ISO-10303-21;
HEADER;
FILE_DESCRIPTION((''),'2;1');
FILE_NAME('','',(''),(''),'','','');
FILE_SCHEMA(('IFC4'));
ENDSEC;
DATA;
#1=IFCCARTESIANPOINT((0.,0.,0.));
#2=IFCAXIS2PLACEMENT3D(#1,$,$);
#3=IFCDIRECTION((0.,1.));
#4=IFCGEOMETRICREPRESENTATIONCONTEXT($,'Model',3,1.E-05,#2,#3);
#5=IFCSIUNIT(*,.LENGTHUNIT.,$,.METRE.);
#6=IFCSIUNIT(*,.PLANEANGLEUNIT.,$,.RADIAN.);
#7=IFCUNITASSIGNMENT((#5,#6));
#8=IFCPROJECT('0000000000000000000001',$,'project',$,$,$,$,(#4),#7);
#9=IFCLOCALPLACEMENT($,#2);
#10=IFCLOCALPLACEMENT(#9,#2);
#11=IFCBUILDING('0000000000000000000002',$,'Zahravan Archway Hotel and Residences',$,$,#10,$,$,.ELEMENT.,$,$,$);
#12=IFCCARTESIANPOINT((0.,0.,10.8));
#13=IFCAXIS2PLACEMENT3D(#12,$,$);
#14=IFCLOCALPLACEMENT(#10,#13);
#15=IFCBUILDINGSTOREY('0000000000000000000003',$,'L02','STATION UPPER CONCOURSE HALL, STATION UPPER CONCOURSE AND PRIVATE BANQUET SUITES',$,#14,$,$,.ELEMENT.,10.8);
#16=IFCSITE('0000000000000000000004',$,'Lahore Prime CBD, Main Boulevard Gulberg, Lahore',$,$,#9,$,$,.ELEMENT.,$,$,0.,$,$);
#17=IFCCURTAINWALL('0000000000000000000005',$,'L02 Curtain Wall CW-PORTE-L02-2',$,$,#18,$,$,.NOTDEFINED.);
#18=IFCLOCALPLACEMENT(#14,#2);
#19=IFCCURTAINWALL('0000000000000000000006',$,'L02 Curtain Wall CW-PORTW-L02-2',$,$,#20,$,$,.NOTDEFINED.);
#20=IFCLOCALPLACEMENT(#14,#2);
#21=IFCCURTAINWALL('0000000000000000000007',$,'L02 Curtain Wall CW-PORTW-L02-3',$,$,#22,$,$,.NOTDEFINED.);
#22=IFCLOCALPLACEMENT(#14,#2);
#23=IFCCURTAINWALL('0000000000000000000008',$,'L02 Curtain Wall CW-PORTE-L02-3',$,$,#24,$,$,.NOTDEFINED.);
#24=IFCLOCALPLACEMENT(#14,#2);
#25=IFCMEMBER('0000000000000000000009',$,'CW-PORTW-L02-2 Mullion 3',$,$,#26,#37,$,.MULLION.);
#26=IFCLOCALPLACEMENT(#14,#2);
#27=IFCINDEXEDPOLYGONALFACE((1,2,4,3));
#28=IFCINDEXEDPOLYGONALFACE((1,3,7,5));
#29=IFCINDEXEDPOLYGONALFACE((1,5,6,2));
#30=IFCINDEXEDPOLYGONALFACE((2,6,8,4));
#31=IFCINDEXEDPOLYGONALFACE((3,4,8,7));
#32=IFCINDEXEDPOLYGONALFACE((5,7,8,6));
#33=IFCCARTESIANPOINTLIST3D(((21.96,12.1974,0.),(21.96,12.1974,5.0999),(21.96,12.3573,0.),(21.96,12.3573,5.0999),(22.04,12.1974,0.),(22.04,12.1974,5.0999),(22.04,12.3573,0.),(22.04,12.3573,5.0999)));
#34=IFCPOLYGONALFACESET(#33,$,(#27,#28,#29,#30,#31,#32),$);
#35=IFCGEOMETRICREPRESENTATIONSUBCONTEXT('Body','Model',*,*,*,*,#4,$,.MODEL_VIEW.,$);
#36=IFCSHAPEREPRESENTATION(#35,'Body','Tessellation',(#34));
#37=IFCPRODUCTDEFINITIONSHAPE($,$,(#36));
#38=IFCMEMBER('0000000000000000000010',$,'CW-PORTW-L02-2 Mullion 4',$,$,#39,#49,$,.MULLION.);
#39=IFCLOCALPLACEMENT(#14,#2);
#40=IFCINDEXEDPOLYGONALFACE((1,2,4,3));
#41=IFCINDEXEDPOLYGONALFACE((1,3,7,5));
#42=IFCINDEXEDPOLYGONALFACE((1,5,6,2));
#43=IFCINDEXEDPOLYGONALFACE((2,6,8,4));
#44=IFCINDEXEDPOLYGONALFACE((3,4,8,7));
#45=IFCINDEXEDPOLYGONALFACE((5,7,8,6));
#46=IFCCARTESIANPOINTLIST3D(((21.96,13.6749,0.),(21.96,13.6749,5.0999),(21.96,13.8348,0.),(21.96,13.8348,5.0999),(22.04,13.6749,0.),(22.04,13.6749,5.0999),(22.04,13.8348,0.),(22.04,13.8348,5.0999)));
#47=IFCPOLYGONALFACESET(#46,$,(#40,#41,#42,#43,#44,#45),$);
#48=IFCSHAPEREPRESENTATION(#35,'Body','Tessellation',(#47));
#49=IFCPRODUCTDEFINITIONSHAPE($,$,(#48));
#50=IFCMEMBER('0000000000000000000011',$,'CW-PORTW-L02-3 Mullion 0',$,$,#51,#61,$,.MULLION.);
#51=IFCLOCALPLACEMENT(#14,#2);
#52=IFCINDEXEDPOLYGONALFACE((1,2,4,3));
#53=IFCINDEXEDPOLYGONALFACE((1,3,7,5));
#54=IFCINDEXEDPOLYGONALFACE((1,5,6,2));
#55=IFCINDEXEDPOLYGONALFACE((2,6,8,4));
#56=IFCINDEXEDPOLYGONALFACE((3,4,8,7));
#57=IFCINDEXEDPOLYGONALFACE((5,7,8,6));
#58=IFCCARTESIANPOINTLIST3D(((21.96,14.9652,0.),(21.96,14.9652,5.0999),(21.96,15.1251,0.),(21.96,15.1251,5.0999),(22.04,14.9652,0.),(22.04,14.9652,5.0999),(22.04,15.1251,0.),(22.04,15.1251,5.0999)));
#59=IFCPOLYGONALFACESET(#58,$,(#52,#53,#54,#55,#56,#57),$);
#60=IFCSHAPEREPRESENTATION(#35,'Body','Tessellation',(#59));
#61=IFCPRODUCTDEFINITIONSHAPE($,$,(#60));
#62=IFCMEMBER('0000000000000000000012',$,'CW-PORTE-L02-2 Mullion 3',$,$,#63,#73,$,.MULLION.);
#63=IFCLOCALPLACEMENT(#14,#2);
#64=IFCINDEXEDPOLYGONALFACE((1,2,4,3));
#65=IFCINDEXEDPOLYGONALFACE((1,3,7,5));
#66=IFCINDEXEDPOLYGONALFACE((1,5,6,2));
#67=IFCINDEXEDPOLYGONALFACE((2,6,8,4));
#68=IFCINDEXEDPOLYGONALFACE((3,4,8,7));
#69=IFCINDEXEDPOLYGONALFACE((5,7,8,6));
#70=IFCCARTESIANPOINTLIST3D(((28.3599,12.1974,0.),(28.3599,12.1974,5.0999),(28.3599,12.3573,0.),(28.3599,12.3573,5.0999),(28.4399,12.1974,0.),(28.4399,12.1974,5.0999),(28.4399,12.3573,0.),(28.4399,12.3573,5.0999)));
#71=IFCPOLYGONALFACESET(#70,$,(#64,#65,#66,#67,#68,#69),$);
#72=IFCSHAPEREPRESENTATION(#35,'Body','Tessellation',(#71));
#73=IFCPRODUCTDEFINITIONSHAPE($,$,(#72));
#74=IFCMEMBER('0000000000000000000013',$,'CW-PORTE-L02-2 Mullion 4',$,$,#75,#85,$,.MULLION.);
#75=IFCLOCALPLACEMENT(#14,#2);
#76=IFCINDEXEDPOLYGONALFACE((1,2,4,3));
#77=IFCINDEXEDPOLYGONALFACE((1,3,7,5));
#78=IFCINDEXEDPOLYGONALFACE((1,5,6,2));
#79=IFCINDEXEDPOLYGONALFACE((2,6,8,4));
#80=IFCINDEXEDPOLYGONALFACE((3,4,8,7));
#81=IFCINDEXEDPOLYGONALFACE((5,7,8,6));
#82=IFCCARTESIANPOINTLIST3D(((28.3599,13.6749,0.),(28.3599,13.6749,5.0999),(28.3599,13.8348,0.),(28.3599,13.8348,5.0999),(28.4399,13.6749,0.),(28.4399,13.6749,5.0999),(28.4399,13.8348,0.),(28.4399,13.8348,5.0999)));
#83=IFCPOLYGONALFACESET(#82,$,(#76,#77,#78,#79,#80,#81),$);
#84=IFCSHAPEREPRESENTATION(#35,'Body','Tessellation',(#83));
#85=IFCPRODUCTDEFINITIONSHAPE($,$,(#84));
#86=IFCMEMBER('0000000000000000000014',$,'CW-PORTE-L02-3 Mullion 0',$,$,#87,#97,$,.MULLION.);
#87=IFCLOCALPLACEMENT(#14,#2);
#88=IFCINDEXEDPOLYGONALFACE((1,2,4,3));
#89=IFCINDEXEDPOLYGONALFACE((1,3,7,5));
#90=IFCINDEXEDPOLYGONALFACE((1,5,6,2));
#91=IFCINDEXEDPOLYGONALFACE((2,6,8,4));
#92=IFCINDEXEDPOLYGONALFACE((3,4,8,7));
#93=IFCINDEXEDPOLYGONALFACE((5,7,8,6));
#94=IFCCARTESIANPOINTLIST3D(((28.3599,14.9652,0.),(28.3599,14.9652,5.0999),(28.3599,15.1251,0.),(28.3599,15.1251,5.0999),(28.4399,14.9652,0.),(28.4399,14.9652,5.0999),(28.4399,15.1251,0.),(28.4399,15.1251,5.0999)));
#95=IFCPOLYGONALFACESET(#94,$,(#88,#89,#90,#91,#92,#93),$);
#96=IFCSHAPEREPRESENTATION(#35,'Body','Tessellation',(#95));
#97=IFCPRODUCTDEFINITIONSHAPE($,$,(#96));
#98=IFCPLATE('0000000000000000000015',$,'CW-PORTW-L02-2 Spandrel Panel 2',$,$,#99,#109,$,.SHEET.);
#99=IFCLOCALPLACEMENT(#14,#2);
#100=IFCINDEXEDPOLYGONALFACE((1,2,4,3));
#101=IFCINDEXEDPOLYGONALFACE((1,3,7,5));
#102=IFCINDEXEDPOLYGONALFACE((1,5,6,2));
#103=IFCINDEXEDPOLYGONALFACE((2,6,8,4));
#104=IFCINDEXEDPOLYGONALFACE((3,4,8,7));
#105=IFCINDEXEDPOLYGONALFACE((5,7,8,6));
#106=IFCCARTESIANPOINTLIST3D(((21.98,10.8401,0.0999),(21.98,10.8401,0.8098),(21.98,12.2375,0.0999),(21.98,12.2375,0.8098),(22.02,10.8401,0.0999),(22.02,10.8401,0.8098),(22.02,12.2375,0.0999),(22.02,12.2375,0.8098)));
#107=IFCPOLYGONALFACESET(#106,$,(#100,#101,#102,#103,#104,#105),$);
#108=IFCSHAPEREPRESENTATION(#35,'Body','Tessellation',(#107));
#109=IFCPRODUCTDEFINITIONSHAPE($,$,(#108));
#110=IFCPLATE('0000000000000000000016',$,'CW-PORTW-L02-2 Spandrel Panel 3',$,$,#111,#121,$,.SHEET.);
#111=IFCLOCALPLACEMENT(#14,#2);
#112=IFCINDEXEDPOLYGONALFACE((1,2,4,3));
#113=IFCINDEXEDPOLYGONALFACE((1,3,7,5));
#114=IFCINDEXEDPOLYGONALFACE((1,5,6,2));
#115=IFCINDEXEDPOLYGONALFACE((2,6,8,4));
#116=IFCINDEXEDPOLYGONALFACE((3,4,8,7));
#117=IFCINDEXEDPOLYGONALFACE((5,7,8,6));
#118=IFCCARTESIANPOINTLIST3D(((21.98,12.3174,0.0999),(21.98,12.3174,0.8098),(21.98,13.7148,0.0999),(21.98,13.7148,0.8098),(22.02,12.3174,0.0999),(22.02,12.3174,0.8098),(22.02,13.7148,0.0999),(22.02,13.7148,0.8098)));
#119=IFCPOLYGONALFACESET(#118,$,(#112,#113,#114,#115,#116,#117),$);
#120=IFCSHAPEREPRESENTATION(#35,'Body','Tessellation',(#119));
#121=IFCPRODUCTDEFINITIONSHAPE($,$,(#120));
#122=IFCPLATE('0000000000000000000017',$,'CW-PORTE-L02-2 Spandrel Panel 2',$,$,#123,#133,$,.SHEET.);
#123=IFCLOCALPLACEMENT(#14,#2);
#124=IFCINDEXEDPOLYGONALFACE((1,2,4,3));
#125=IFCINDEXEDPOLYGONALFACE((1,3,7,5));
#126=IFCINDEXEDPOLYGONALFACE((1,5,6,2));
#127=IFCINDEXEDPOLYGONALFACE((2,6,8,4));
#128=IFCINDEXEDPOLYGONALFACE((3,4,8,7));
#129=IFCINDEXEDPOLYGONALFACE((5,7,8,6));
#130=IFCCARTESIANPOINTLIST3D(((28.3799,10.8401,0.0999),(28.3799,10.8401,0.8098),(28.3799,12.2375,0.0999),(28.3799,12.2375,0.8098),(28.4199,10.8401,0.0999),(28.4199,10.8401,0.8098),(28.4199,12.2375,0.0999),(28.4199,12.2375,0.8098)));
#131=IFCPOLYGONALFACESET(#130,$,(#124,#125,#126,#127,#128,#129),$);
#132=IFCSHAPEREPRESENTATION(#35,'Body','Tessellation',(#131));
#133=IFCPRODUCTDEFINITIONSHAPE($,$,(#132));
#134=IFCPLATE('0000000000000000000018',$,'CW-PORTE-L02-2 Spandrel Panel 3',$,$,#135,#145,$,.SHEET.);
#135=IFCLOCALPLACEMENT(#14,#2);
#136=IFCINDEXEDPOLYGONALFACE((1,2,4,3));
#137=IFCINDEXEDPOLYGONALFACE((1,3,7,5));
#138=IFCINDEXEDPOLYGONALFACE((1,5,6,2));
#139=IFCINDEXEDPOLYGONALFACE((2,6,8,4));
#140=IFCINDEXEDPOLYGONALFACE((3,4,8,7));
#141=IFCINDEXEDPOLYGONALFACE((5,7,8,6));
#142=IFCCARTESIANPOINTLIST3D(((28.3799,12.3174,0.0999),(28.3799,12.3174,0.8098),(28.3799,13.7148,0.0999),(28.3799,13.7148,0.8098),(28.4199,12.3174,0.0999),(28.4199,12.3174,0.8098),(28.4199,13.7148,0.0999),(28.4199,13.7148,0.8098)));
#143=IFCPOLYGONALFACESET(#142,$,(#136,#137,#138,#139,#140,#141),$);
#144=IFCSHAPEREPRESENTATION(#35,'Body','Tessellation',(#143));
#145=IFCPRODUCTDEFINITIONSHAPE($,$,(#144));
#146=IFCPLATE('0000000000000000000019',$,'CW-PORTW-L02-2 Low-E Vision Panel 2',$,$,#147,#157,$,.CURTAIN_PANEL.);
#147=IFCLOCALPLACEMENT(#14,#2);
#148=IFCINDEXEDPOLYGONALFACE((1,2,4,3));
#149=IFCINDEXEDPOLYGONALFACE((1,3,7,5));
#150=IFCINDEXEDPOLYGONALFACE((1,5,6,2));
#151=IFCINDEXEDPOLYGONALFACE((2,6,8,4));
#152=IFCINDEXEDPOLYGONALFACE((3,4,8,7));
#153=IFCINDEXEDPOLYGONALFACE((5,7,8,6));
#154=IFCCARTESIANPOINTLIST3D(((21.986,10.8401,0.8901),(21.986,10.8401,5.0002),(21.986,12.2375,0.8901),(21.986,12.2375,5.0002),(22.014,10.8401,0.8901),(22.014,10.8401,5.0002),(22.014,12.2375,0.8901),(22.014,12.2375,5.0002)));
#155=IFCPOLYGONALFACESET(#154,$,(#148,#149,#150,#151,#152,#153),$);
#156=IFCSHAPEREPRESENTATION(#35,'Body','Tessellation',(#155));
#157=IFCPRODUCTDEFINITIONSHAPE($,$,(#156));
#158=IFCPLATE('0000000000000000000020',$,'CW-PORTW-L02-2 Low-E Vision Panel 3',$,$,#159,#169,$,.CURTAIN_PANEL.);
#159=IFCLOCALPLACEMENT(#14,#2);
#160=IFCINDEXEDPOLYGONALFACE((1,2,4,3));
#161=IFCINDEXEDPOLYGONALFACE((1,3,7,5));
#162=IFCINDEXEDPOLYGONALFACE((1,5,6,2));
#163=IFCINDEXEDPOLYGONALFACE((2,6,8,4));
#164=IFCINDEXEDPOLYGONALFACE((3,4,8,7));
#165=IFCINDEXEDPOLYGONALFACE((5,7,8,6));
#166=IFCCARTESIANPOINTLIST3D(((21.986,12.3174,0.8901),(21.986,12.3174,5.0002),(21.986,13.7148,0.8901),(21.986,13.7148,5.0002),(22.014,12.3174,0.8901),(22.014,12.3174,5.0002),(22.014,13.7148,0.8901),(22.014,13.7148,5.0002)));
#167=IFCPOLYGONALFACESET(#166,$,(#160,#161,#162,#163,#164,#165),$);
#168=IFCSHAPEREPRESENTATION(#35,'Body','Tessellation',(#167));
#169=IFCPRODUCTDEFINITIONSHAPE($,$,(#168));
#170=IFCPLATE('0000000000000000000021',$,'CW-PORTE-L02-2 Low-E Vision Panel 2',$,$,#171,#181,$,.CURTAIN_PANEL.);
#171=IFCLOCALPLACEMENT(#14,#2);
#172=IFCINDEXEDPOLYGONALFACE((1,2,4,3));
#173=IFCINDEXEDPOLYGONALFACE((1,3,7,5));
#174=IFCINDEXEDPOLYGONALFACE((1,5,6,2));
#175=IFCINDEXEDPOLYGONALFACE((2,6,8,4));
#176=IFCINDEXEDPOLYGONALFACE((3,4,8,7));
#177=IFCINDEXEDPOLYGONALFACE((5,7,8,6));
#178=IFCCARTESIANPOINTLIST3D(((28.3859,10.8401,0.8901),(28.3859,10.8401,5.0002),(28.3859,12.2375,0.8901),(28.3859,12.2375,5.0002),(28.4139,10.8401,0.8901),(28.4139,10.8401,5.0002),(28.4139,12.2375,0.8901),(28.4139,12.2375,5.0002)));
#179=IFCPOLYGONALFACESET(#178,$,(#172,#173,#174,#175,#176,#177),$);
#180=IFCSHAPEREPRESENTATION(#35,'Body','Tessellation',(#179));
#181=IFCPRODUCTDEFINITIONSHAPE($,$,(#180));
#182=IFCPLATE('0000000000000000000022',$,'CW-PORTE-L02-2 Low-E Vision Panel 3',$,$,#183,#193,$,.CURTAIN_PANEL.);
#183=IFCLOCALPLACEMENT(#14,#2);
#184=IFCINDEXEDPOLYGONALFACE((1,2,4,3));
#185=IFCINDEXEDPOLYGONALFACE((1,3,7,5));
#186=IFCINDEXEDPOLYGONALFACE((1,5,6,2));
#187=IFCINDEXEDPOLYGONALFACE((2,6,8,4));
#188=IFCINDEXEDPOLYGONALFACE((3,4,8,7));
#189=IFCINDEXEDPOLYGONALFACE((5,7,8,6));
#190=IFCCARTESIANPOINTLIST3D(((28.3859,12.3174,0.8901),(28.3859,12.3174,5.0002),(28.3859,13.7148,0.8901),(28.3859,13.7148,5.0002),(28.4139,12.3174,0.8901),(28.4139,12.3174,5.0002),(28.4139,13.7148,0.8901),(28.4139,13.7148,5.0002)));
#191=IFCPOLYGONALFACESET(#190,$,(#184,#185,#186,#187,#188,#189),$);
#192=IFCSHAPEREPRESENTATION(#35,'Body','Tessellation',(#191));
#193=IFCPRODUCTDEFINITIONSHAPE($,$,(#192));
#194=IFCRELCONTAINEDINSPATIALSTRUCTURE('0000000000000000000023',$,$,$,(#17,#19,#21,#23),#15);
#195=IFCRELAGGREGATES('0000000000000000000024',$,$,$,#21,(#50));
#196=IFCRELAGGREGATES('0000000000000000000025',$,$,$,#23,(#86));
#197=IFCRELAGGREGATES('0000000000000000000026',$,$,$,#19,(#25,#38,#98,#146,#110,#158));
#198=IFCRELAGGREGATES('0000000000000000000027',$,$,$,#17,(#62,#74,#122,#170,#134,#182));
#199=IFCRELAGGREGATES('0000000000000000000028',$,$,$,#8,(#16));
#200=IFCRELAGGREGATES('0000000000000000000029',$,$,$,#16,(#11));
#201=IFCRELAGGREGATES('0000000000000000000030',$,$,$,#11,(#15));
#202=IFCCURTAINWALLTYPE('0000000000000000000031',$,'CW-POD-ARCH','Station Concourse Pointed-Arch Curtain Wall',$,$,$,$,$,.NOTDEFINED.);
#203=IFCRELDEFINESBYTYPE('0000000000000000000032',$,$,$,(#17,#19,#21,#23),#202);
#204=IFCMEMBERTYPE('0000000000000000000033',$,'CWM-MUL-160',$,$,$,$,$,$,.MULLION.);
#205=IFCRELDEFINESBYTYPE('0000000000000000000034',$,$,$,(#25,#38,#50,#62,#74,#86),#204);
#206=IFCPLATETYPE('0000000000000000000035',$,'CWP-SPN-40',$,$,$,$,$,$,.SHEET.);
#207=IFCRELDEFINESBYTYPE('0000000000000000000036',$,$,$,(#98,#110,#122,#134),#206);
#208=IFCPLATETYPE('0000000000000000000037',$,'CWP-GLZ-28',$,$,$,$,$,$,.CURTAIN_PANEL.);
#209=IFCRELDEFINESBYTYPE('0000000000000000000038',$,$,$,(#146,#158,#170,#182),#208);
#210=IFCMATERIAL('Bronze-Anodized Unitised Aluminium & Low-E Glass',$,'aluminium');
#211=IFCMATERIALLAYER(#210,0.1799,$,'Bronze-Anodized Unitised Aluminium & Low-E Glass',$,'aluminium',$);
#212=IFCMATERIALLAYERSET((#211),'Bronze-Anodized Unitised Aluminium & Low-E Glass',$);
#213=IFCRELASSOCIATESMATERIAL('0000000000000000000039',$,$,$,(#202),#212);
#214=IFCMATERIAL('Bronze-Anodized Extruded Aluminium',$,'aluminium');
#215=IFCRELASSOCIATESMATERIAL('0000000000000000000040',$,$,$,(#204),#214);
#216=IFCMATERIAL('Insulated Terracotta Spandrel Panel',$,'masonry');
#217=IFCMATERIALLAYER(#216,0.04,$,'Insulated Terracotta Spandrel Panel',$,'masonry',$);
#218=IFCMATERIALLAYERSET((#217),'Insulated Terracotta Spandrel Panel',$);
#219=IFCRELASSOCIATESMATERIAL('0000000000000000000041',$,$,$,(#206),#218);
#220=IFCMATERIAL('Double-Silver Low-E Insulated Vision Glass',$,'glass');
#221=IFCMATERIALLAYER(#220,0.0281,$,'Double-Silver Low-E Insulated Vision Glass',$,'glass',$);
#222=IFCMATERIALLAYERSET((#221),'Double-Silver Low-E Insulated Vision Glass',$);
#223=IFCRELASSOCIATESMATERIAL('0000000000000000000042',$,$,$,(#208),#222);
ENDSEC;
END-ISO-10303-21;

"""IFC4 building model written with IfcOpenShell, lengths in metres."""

from ifc_helpers import new_model, si_unit, direction, frame, origin, origin_2d, place, context, subcontext, project, spatial, rectangle, extrude, source, transform, mapped, material, layer, layer_set, material_profile, profile_set, type_object, element, aggregate, save


model = new_model("IFC4")

# Units and contexts
model_context = context("Model", 3, precision=1e-05, world=origin(), true_north=direction((0.0, 1.0)))
body_context = subcontext(model_context, "Body", "Model", "MODEL_VIEW")
ifc_project = project(units=[si_unit("LENGTHUNIT", "METRE"), si_unit("PLANEANGLEUNIT", "RADIAN")], contexts=[model_context])

# Site, building, storey
site_placement = place(None, origin())
site = spatial("IfcSite", under=ifc_project, at=site_placement, Name="Lahore Prime CBD, Main Boulevard Gulberg, Lahore", CompositionType="ELEMENT", RefElevation=0.0)
building_placement = place(site_placement, origin())
building = spatial("IfcBuilding", under=site, at=building_placement, Name="Zahravan Archway Hotel and Residences", CompositionType="ELEMENT")
storey_placement = place(building_placement, frame((0.0, 0.0, 10.8)))
storey = spatial("IfcBuildingStorey", under=building, at=storey_placement, Name="L02", Description="STATION UPPER CONCOURSE HALL, STATION UPPER CONCOURSE AND PRIVATE BANQUET SUITES", CompositionType="ELEMENT", Elevation=10.8)

# Curtain walls
ifc_material_1 = material(Name="Bronze-Anodized Unitised Aluminium & Low-E Glass", Category="aluminium")
ifc_layer_1 = layer(ifc_material_1, 0.1799, Name="Bronze-Anodized Unitised Aluminium & Low-E Glass", Category="aluminium")
ifc_layer_set_1 = layer_set([ifc_layer_1], Name="Bronze-Anodized Unitised Aluminium & Low-E Glass")
curtain_wall_type = type_object("IfcCurtainWallType", Name="CW-POD-ARCH", Description="Station Concourse Pointed-Arch Curtain Wall", PredefinedType="NOTDEFINED", material=ifc_layer_set_1)
curtain_wall_1_placement = place(storey_placement, origin())
curtain_wall_1 = element("IfcCurtainWall", 1, at=curtain_wall_1_placement, inside=storey, type_object=curtain_wall_type, Name="L02 Curtain Wall CW-PORTE-L02-2", PredefinedType="NOTDEFINED")
ifc_material_2 = material(Name="Bronze-Anodized Extruded Aluminium", Category="aluminium")
curtain_wall_2_placement = place(storey_placement, origin())
curtain_wall_2 = element("IfcCurtainWall", 2, at=curtain_wall_2_placement, inside=storey, type_object=curtain_wall_type, Name="L02 Curtain Wall CW-PORTW-L02-2", PredefinedType="NOTDEFINED")
curtain_wall_3_placement = place(storey_placement, origin())
curtain_wall_3 = element("IfcCurtainWall", 3, at=curtain_wall_3_placement, inside=storey, type_object=curtain_wall_type, Name="L02 Curtain Wall CW-PORTW-L02-3", PredefinedType="NOTDEFINED")

# Curtain wall
curtain_wall_4_placement = place(storey_placement, origin())
curtain_wall_4 = element("IfcCurtainWall", 4, at=curtain_wall_4_placement, inside=storey, type_object=curtain_wall_type, Name="L02 Curtain Wall CW-PORTE-L02-3", PredefinedType="NOTDEFINED")

# Members
ifc_material_profile_1 = material_profile(ifc_material_2, rectangle(XDim=0.0801, YDim=0.1599, at=origin_2d()), Name="MUL 80x160", Category="aluminium")
ifc_profile_set_1 = profile_set([ifc_material_profile_1], Name="Bronze-Anodized Extruded Aluminium")
member_type_1 = type_object("IfcMemberType", Name="CWM-MUL-160", PredefinedType="MULLION", material=ifc_profile_set_1)
shared_shape_1 = source(origin(), body_context, "Body", "SweptSolid", [
    extrude(rectangle(XDim=0.0801, YDim=0.1599, at=origin_2d()), origin(), (0.0, 0.0, 1.0), 5.0999),
])
member_1_placement = place(storey_placement, frame((22.0, 12.2773, 0.0), z_axis=(0.0, 0.0, 1.0), x_axis=(1.0, 0.0, 0.0)))
member_1 = element("IfcMember", 5, at=member_1_placement, type_object=member_type_1, Name="CW-PORTW-L02-2 Mullion 3", PredefinedType="MULLION", context=body_context, shape_type="MappedRepresentation", body=[
    mapped(shared_shape_1, transform((0.0, 0.0, 0.0), scale=1.0)),
])
member_2_placement = place(storey_placement, frame((22.0, 13.7549, 0.0), z_axis=(0.0, 0.0, 1.0), x_axis=(1.0, 0.0, 0.0)))
member_2 = element("IfcMember", 6, at=member_2_placement, type_object=member_type_1, Name="CW-PORTW-L02-2 Mullion 4", PredefinedType="MULLION", context=body_context, shape_type="MappedRepresentation", body=[
    mapped(shared_shape_1, transform((0.0, 0.0, 0.0), scale=1.0)),
])
member_3_placement = place(storey_placement, frame((22.0, 15.0452, 0.0), z_axis=(0.0, 0.0, 1.0), x_axis=(1.0, 0.0, 0.0)))
member_3 = element("IfcMember", 7, at=member_3_placement, type_object=member_type_1, Name="CW-PORTW-L02-3 Mullion 0", PredefinedType="MULLION", context=body_context, shape_type="MappedRepresentation", body=[
    mapped(shared_shape_1, transform((0.0, 0.0, 0.0), scale=1.0)),
])
aggregate(curtain_wall_3, [member_3])
member_4_placement = place(storey_placement, frame((28.3999, 12.2773, 0.0), z_axis=(0.0, 0.0, 1.0), x_axis=(1.0, 0.0, 0.0)))
member_4 = element("IfcMember", 8, at=member_4_placement, type_object=member_type_1, Name="CW-PORTE-L02-2 Mullion 3", PredefinedType="MULLION", context=body_context, shape_type="MappedRepresentation", body=[
    mapped(shared_shape_1, transform((0.0, 0.0, 0.0), scale=1.0)),
])
member_5_placement = place(storey_placement, frame((28.3999, 13.7549, 0.0), z_axis=(0.0, 0.0, 1.0), x_axis=(1.0, 0.0, 0.0)))
member_5 = element("IfcMember", 9, at=member_5_placement, type_object=member_type_1, Name="CW-PORTE-L02-2 Mullion 4", PredefinedType="MULLION", context=body_context, shape_type="MappedRepresentation", body=[
    mapped(shared_shape_1, transform((0.0, 0.0, 0.0), scale=1.0)),
])
member_6_placement = place(storey_placement, frame((28.3999, 15.0452, 0.0), z_axis=(0.0, 0.0, 1.0), x_axis=(1.0, 0.0, 0.0)))
member_6 = element("IfcMember", 10, at=member_6_placement, type_object=member_type_1, Name="CW-PORTE-L02-3 Mullion 0", PredefinedType="MULLION", context=body_context, shape_type="MappedRepresentation", body=[
    mapped(shared_shape_1, transform((0.0, 0.0, 0.0), scale=1.0)),
])
aggregate(curtain_wall_4, [member_6])

# Plates
ifc_material_3 = material(Name="Insulated Terracotta Spandrel Panel", Category="masonry")
ifc_layer_2 = layer(ifc_material_3, 0.04, Name="Insulated Terracotta Spandrel Panel", Category="masonry")
ifc_layer_set_2 = layer_set([ifc_layer_2], Name="Insulated Terracotta Spandrel Panel")
plate_type_1 = type_object("IfcPlateType", Name="CWP-SPN-40", PredefinedType="SHEET", material=ifc_layer_set_2)
shared_shape_2 = source(origin(), body_context, "Body", "SweptSolid", [
    extrude(rectangle(XDim=1.3975, YDim=0.04, at=origin_2d()), origin(), (0.0, 0.0, 1.0), 0.71),
])
plate_1_placement = place(storey_placement, frame((22.0, 11.5388, 0.0999), z_axis=(0.0, 0.0, 1.0), x_axis=(0.0, 1.0, 0.0)))
plate_1 = element("IfcPlate", 11, at=plate_1_placement, type_object=plate_type_1, Name="CW-PORTW-L02-2 Spandrel Panel 2", PredefinedType="SHEET", context=body_context, shape_type="MappedRepresentation", body=[
    mapped(shared_shape_2, transform((0.0, 0.0, 0.0), scale=1.0)),
])
plate_2_placement = place(storey_placement, frame((22.0, 13.0161, 0.0999), z_axis=(0.0, 0.0, 1.0), x_axis=(0.0, 1.0, 0.0)))
plate_2 = element("IfcPlate", 12, at=plate_2_placement, type_object=plate_type_1, Name="CW-PORTW-L02-2 Spandrel Panel 3", PredefinedType="SHEET", context=body_context, shape_type="MappedRepresentation", body=[
    mapped(shared_shape_2, transform((0.0, 0.0, 0.0), scale=1.0)),
])
plate_3_placement = place(storey_placement, frame((28.3999, 11.5388, 0.0999), z_axis=(0.0, 0.0, 1.0), x_axis=(0.0, 1.0, 0.0)))
plate_3 = element("IfcPlate", 13, at=plate_3_placement, type_object=plate_type_1, Name="CW-PORTE-L02-2 Spandrel Panel 2", PredefinedType="SHEET", context=body_context, shape_type="MappedRepresentation", body=[
    mapped(shared_shape_2, transform((0.0, 0.0, 0.0), scale=1.0)),
])
plate_4_placement = place(storey_placement, frame((28.3999, 13.0161, 0.0999), z_axis=(0.0, 0.0, 1.0), x_axis=(0.0, 1.0, 0.0)))
plate_4 = element("IfcPlate", 14, at=plate_4_placement, type_object=plate_type_1, Name="CW-PORTE-L02-2 Spandrel Panel 3", PredefinedType="SHEET", context=body_context, shape_type="MappedRepresentation", body=[
    mapped(shared_shape_2, transform((0.0, 0.0, 0.0), scale=1.0)),
])
ifc_material_4 = material(Name="Double-Silver Low-E Insulated Vision Glass", Category="glass")
ifc_layer_3 = layer(ifc_material_4, 0.0281, Name="Double-Silver Low-E Insulated Vision Glass", Category="glass")
ifc_layer_set_3 = layer_set([ifc_layer_3], Name="Double-Silver Low-E Insulated Vision Glass")
plate_type_2 = type_object("IfcPlateType", Name="CWP-GLZ-28", PredefinedType="CURTAIN_PANEL", material=ifc_layer_set_3)
shared_shape_3 = source(origin(), body_context, "Body", "SweptSolid", [
    extrude(rectangle(XDim=1.3975, YDim=0.0281, at=origin_2d()), origin(), (0.0, 0.0, 1.0), 4.1101),
])
plate_5_placement = place(storey_placement, frame((22.0, 11.5388, 0.8901), z_axis=(0.0, 0.0, 1.0), x_axis=(0.0, 1.0, 0.0)))
plate_5 = element("IfcPlate", 15, at=plate_5_placement, type_object=plate_type_2, Name="CW-PORTW-L02-2 Low-E Vision Panel 2", PredefinedType="CURTAIN_PANEL", context=body_context, shape_type="MappedRepresentation", body=[
    mapped(shared_shape_3, transform((0.0, 0.0, 0.0), scale=1.0)),
])
plate_6_placement = place(storey_placement, frame((22.0, 13.0161, 0.8901), z_axis=(0.0, 0.0, 1.0), x_axis=(0.0, 1.0, 0.0)))
plate_6 = element("IfcPlate", 16, at=plate_6_placement, type_object=plate_type_2, Name="CW-PORTW-L02-2 Low-E Vision Panel 3", PredefinedType="CURTAIN_PANEL", context=body_context, shape_type="MappedRepresentation", body=[
    mapped(shared_shape_3, transform((0.0, 0.0, 0.0), scale=1.0)),
])
aggregate(curtain_wall_2, [member_1, member_2, plate_1, plate_5, plate_2, plate_6])
plate_7_placement = place(storey_placement, frame((28.3999, 11.5388, 0.8901), z_axis=(0.0, 0.0, 1.0), x_axis=(0.0, 1.0, 0.0)))
plate_7 = element("IfcPlate", 17, at=plate_7_placement, type_object=plate_type_2, Name="CW-PORTE-L02-2 Low-E Vision Panel 2", PredefinedType="CURTAIN_PANEL", context=body_context, shape_type="MappedRepresentation", body=[
    mapped(shared_shape_3, transform((0.0, 0.0, 0.0), scale=1.0)),
])
plate_8_placement = place(storey_placement, frame((28.3999, 13.0161, 0.8901), z_axis=(0.0, 0.0, 1.0), x_axis=(0.0, 1.0, 0.0)))
plate_8 = element("IfcPlate", 18, at=plate_8_placement, type_object=plate_type_2, Name="CW-PORTE-L02-2 Low-E Vision Panel 3", PredefinedType="CURTAIN_PANEL", context=body_context, shape_type="MappedRepresentation", body=[
    mapped(shared_shape_3, transform((0.0, 0.0, 0.0), scale=1.0)),
])
aggregate(curtain_wall_1, [member_4, member_5, plate_3, plate_7, plate_4, plate_8])

save(model, "model.ifc")
